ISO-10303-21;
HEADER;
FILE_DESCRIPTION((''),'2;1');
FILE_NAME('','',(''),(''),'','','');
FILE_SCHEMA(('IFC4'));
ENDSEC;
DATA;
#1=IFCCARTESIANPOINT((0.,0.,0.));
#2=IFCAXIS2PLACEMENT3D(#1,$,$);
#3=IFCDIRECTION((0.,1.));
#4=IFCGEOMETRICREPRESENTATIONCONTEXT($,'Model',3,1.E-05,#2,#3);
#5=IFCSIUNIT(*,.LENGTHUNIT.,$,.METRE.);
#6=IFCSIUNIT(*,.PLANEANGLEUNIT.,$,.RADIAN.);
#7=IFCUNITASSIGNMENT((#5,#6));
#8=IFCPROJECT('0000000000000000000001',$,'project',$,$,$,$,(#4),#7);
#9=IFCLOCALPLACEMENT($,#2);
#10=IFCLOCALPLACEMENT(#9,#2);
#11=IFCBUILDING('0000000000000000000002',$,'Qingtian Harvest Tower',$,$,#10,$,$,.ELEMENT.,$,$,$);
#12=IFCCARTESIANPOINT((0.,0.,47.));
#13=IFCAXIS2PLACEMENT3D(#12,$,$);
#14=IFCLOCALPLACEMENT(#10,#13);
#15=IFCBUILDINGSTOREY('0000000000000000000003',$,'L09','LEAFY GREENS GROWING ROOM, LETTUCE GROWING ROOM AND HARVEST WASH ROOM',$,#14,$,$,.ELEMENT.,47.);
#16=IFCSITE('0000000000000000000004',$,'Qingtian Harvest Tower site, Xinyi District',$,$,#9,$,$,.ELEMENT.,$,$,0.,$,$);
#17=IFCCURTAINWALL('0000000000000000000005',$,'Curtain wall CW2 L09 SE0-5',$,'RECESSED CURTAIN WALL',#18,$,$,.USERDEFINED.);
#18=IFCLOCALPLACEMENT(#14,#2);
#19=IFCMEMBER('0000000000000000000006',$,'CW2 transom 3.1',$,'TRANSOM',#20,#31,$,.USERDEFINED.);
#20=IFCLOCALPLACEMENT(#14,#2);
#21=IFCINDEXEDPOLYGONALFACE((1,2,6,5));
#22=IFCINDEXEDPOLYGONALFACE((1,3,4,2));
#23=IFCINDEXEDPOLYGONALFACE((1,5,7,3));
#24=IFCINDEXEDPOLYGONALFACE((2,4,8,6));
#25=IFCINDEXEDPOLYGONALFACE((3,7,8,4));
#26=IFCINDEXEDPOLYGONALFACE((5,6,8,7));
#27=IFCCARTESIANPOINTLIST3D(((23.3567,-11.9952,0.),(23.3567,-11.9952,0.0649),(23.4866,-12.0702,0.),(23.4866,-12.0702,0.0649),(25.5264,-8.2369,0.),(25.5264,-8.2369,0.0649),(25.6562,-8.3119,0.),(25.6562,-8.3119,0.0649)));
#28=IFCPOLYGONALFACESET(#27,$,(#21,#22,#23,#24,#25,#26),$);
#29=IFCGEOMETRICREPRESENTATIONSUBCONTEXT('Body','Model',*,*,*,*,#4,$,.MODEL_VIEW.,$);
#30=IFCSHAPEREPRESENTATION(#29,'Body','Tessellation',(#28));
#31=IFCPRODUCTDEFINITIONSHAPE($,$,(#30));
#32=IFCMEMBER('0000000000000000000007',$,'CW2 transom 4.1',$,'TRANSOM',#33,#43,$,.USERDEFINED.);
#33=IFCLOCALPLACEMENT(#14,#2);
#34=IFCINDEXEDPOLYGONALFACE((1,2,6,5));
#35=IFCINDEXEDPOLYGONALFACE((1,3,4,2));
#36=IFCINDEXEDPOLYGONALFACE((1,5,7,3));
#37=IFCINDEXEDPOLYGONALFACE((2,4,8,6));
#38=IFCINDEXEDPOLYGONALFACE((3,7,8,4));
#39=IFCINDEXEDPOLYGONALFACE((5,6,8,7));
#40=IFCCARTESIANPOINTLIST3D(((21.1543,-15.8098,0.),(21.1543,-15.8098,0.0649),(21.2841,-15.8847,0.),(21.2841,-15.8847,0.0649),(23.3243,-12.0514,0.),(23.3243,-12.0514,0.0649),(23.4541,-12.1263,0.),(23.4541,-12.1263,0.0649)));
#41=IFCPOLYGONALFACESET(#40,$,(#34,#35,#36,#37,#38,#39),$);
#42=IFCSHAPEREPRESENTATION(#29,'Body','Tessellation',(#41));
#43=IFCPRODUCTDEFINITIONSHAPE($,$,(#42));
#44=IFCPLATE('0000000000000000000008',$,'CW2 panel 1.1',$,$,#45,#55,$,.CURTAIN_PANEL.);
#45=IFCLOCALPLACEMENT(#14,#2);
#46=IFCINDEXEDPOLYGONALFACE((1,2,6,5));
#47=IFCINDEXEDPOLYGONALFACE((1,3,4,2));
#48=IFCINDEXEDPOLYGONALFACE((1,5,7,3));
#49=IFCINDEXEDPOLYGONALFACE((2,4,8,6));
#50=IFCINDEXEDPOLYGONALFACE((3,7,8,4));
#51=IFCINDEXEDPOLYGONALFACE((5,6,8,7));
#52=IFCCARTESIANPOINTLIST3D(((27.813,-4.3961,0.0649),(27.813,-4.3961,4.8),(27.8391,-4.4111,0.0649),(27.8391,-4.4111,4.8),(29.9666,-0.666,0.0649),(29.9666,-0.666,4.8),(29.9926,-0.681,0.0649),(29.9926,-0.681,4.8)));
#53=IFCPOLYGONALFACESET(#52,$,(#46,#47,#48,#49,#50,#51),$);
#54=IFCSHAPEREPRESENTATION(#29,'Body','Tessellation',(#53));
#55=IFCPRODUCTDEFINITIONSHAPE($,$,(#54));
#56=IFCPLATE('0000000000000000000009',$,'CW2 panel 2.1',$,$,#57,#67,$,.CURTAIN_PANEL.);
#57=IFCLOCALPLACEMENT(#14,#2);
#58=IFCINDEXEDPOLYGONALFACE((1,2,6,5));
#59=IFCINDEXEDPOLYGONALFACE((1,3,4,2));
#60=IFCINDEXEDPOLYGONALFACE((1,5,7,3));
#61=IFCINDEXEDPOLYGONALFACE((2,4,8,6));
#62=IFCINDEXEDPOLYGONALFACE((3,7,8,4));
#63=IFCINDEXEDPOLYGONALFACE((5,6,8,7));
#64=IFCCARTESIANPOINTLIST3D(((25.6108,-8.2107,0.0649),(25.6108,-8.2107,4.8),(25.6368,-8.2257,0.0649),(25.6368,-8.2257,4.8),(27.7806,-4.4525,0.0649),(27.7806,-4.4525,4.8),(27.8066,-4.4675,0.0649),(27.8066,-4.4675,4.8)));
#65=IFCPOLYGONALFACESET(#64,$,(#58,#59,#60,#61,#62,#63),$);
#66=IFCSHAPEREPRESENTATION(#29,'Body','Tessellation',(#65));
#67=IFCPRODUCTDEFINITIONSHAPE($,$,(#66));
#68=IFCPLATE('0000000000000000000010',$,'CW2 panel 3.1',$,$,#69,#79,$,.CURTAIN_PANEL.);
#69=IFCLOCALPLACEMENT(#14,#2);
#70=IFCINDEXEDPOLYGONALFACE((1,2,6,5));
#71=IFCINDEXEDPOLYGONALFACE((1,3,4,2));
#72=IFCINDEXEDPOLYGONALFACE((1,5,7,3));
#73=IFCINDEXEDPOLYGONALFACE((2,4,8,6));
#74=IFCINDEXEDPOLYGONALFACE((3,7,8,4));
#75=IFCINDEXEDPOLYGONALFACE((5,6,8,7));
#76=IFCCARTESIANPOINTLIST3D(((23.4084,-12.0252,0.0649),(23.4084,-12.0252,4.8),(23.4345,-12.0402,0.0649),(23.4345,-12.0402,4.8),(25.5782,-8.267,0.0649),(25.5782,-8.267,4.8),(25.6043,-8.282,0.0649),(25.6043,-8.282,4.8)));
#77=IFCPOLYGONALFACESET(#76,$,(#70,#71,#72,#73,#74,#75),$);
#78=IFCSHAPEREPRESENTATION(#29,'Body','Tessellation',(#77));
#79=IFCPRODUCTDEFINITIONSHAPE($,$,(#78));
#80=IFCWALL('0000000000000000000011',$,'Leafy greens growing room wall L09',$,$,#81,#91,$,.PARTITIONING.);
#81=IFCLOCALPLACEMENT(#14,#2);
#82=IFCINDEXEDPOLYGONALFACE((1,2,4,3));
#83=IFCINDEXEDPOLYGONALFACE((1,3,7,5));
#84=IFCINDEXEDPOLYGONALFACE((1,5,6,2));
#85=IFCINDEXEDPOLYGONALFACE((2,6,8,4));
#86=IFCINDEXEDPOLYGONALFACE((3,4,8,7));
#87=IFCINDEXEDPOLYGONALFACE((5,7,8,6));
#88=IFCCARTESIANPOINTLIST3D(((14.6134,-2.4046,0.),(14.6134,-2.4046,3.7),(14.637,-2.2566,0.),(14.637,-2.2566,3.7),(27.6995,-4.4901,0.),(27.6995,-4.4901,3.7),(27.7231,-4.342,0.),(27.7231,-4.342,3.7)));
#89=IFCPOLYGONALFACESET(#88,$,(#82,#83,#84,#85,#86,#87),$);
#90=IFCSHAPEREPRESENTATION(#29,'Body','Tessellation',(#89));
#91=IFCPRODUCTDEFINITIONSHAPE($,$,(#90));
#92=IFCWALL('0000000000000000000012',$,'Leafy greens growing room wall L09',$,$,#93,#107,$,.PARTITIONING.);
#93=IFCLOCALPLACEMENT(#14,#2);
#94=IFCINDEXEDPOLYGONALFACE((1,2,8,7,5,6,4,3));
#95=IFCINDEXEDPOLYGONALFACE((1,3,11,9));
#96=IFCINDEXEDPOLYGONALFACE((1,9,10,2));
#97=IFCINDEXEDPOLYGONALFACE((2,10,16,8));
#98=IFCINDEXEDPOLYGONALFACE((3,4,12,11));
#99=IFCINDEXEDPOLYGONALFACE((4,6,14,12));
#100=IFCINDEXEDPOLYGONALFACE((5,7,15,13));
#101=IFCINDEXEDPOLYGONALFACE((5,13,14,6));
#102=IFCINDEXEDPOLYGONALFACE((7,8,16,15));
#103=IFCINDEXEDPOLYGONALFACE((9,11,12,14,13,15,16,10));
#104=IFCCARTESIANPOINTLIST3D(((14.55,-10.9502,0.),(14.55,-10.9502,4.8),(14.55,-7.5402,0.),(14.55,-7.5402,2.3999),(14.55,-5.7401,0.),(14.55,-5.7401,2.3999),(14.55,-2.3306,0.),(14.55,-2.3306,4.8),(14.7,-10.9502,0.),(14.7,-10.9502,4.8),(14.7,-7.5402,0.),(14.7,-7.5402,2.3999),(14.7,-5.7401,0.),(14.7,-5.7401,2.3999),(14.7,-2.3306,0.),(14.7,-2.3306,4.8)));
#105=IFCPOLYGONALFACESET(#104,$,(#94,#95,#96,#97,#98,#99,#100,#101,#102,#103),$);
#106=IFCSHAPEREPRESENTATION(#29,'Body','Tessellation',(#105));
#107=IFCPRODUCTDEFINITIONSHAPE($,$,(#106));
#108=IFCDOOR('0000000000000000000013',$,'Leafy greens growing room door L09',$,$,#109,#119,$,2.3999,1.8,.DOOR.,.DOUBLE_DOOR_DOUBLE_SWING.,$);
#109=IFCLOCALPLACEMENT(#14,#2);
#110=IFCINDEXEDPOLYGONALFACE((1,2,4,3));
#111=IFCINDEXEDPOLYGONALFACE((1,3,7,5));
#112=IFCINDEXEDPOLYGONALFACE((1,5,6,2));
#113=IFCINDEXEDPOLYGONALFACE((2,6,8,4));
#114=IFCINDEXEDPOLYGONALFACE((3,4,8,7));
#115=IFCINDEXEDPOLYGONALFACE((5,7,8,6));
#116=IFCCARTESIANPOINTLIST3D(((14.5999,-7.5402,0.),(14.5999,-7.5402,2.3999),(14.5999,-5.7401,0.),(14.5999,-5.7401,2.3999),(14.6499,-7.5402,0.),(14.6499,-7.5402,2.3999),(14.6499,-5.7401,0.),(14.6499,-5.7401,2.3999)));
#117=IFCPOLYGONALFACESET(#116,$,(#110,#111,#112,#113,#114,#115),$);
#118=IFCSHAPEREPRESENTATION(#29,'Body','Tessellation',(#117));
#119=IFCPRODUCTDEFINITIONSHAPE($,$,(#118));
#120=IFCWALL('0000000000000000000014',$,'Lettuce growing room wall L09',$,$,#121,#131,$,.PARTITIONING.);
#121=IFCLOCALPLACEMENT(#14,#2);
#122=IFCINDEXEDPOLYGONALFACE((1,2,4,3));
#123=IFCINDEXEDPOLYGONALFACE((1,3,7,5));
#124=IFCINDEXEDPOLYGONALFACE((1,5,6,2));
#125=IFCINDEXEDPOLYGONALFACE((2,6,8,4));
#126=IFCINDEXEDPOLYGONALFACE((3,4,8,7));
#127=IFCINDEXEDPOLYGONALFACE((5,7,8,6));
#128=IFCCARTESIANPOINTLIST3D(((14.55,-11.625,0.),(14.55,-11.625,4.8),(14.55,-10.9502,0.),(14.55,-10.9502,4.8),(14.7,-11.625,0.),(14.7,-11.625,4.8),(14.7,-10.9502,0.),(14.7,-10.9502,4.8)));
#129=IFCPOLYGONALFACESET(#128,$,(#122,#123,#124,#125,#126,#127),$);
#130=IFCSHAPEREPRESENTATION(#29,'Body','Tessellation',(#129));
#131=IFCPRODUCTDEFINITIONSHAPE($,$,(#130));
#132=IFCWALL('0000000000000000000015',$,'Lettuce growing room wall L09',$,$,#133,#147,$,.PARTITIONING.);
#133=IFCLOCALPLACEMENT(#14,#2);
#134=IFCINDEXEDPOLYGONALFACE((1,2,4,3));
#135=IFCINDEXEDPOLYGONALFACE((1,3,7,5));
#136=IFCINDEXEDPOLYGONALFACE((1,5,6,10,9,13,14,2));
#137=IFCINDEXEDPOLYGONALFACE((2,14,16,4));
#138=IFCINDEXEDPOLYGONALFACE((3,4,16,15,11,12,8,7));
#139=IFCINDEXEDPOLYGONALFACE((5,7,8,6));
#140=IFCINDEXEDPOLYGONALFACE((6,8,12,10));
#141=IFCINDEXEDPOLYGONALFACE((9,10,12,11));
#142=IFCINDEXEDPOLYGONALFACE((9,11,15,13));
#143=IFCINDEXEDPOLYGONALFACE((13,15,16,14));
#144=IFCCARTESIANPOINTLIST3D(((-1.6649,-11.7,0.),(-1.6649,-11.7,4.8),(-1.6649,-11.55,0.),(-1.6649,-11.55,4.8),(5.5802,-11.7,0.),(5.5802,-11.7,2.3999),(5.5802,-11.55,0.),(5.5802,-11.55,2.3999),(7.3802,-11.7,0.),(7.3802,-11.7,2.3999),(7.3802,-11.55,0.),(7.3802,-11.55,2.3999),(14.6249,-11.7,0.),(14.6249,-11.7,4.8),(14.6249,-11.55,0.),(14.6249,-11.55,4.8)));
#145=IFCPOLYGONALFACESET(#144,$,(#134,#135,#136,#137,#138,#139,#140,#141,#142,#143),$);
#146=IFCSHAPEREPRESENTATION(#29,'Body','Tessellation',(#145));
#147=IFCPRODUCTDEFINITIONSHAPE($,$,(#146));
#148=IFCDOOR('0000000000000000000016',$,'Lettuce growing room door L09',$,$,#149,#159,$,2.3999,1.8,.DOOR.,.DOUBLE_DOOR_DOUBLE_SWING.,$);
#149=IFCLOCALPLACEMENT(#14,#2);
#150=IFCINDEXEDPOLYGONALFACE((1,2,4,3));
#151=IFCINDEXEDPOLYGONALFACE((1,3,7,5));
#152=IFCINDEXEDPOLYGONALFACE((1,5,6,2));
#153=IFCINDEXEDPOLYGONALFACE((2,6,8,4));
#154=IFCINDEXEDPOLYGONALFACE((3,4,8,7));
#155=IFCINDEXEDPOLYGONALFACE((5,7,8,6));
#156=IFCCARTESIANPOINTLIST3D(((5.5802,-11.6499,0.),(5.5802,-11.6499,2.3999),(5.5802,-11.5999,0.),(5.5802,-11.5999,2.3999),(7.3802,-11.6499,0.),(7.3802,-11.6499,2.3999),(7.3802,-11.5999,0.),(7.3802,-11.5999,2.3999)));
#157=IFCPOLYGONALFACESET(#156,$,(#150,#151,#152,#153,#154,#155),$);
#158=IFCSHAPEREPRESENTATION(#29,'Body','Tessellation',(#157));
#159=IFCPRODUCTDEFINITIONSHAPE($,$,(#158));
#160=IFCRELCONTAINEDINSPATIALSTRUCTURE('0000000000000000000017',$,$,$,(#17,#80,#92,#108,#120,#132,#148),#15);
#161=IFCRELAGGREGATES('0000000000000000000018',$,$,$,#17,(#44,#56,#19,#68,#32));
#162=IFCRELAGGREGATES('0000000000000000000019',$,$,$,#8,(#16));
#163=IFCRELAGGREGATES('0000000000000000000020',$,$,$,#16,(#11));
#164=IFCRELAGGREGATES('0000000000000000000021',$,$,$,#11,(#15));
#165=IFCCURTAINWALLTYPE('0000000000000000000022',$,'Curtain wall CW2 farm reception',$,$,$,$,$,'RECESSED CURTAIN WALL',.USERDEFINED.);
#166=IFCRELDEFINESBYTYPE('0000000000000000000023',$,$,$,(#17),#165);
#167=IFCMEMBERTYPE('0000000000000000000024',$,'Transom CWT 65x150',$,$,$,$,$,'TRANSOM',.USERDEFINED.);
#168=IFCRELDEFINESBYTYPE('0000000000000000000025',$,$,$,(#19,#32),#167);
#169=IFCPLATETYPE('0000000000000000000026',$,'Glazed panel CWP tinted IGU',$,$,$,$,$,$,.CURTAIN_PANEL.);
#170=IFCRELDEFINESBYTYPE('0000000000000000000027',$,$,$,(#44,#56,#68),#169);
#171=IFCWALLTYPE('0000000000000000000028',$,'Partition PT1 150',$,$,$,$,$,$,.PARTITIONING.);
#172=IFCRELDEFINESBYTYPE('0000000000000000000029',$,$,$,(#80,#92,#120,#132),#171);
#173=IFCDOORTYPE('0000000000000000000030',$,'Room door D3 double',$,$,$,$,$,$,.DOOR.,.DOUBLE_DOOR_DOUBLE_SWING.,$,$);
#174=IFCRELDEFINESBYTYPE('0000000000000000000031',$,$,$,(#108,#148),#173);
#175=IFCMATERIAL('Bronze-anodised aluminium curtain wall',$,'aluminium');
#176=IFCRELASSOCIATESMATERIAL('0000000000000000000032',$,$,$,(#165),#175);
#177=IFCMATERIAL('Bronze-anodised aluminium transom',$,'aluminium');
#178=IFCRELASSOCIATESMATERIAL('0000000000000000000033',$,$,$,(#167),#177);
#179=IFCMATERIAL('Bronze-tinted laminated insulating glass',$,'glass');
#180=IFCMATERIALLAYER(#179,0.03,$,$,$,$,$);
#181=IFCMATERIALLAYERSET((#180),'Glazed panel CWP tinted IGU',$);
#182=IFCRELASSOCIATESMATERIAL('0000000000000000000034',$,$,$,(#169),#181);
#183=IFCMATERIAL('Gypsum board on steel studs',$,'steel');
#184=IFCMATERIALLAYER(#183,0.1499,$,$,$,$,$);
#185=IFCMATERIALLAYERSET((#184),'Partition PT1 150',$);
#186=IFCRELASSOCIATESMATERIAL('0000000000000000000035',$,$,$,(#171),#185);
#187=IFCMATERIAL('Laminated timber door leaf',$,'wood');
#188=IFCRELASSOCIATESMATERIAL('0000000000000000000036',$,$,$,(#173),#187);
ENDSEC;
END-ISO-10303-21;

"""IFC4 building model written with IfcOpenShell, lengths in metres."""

from ifc_helpers import new_model, si_unit, direction, frame, frame_2d, origin, origin_2d, place, context, subcontext, project, spatial, rectangle, extrude, material, layer, layer_set, material_profile, profile_set, type_object, element, fill, aggregate, save


model = new_model("IFC4")

# Units and contexts
model_context = context("Model", 3, precision=1e-05, world=origin(), true_north=direction((0.0, 1.0)))
body_context = subcontext(model_context, "Body", "Model", "MODEL_VIEW")
ifc_project = project(units=[si_unit("LENGTHUNIT", "METRE"), si_unit("PLANEANGLEUNIT", "RADIAN")], contexts=[model_context])

# Site, building, storey
site_placement = place(None, origin())
site = spatial("IfcSite", under=ifc_project, at=site_placement, Name="Qingtian Harvest Tower site, Xinyi District", CompositionType="ELEMENT", RefElevation=0.0)
building_placement = place(site_placement, origin())
building = spatial("IfcBuilding", under=site, at=building_placement, Name="Qingtian Harvest Tower", CompositionType="ELEMENT")
storey_placement = place(building_placement, frame((0.0, 0.0, 47.0)))
storey = spatial("IfcBuildingStorey", under=building, at=storey_placement, Name="L09", Description="LEAFY GREENS GROWING ROOM, LETTUCE GROWING ROOM AND HARVEST WASH ROOM", CompositionType="ELEMENT", Elevation=47.0)

# Shared definitions
ifc_material_1 = material(Name="Bronze-anodised aluminium curtain wall", Category="aluminium")
curtain_wall_type = type_object("IfcCurtainWallType", Name="Curtain wall CW2 farm reception", ElementType="RECESSED CURTAIN WALL", PredefinedType="USERDEFINED", material=ifc_material_1)

# Curtain wall
curtain_wall_1_placement = place(storey_placement, origin())
curtain_wall_1 = element("IfcCurtainWall", 1, at=curtain_wall_1_placement, inside=storey, type_object=curtain_wall_type, Name="Curtain wall CW2 L09 SE0-5", ObjectType="RECESSED CURTAIN WALL", PredefinedType="USERDEFINED")

# Members
ifc_material_2 = material(Name="Bronze-anodised aluminium transom", Category="aluminium")
ifc_material_profile_1 = material_profile(ifc_material_2, rectangle(XDim=0.1499, YDim=0.0649, at=origin_2d()), Name="AL 65x150")
ifc_profile_set_1 = profile_set([ifc_material_profile_1], Name="Bronze-anodised aluminium transom")
member_type_1 = type_object("IfcMemberType", Name="Transom CWT 65x150", ElementType="TRANSOM", PredefinedType="USERDEFINED", material=ifc_profile_set_1)
member_1_placement = place(storey_placement, frame((25.5913, -8.2744, 0.0325), z_axis=(-0.499969, -0.866043, 0.0), x_axis=(0.866043, -0.499969, 0.0)))
member_1 = element("IfcMember", 2, at=member_1_placement, type_object=member_type_1, Name="CW2 transom 3.1", ObjectType="TRANSOM", PredefinedType="USERDEFINED", context=body_context, shape_type="SweptSolid", body=[
    extrude(rectangle(XDim=0.1499, YDim=0.0649, at=origin_2d()), origin(), (0.0, 0.0, 1.0), 4.3396),
])
member_2_placement = place(storey_placement, frame((23.3892, -12.0889, 0.0325), z_axis=(-0.500011, -0.866019, 0.0), x_axis=(0.866019, -0.500011, 0.0)))
member_2 = element("IfcMember", 3, at=member_2_placement, type_object=member_type_1, Name="CW2 transom 4.1", ObjectType="TRANSOM", PredefinedType="USERDEFINED", context=body_context, shape_type="SweptSolid", body=[
    extrude(rectangle(XDim=0.1499, YDim=0.0649, at=origin_2d()), origin(), (0.0, 0.0, 1.0), 4.3398),
])

# Plates
ifc_material_3 = material(Name="Bronze-tinted laminated insulating glass", Category="glass")
ifc_layer_1 = layer(ifc_material_3, 0.03)
ifc_layer_set_1 = layer_set([ifc_layer_1], Name="Glazed panel CWP tinted IGU")
plate_type = type_object("IfcPlateType", Name="Glazed panel CWP tinted IGU", PredefinedType="CURTAIN_PANEL", material=ifc_layer_set_1)
plate_1_placement = place(storey_placement, frame((28.9028, -2.5386, 0.0649), z_axis=(0.0, 0.0, 1.0), x_axis=(-0.5, -0.866025, 0.0)))
plate_1 = element("IfcPlate", 4, at=plate_1_placement, type_object=plate_type, Name="CW2 panel 1.1", PredefinedType="CURTAIN_PANEL", context=body_context, shape_type="SweptSolid", body=[
    extrude(rectangle(XDim=4.3071, YDim=0.03, at=origin_2d()), origin(), (0.0, 0.0, 1.0), 4.7351),
])
plate_2_placement = place(storey_placement, frame((26.7087, -6.3391, 0.0649), z_axis=(0.0, 0.0, 1.0), x_axis=(-0.5, -0.866025, 0.0)))
plate_2 = element("IfcPlate", 5, at=plate_2_placement, type_object=plate_type, Name="CW2 panel 2.1", PredefinedType="CURTAIN_PANEL", context=body_context, shape_type="SweptSolid", body=[
    extrude(rectangle(XDim=4.3396, YDim=0.03, at=origin_2d()), origin(), (0.0, 0.0, 1.0), 4.7351),
])
plate_3_placement = place(storey_placement, frame((24.5063, -10.1536, 0.0649), z_axis=(0.0, 0.0, 1.0), x_axis=(-0.5, -0.866025, 0.0)))
plate_3 = element("IfcPlate", 6, at=plate_3_placement, type_object=plate_type, Name="CW2 panel 3.1", PredefinedType="CURTAIN_PANEL", context=body_context, shape_type="SweptSolid", body=[
    extrude(rectangle(XDim=4.3396, YDim=0.03, at=origin_2d()), origin(), (0.0, 0.0, 1.0), 4.7351),
])
aggregate(curtain_wall_1, [plate_1, plate_2, member_1, plate_3, member_2])

# Wall
ifc_material_4 = material(Name="Gypsum board on steel studs", Category="steel")
ifc_layer_2 = layer(ifc_material_4, 0.1499)
ifc_layer_set_2 = layer_set([ifc_layer_2], Name="Partition PT1 150")
wall_type = type_object("IfcWallType", Name="Partition PT1 150", PredefinedType="PARTITIONING", material=ifc_layer_set_2)
wall_1_placement = place(storey_placement, frame((27.7112, -4.416, 0.0), z_axis=(0.0, 0.0, 1.0), x_axis=(-0.987539, 0.157377, 0.0)))
element("IfcWall", 7, at=wall_1_placement, inside=storey, type_object=wall_type, Name="Leafy greens growing room wall L09", PredefinedType="PARTITIONING", context=body_context, shape_type="SweptSolid", body=[
    extrude(rectangle(XDim=13.2512, YDim=0.1499, at=frame_2d((6.6255, 0.0))), origin(), (0.0, 0.0, 1.0), 3.7),
])

# Wall, opening, door
wall_2_placement = place(storey_placement, frame((14.625, -2.3306, 0.0), z_axis=(0.0, 0.0, 1.0), x_axis=(0.0, -1.0, 0.0)))
wall_2 = element("IfcWall", 8, at=wall_2_placement, inside=storey, type_object=wall_type, Name="Leafy greens growing room wall L09", PredefinedType="PARTITIONING", context=body_context, shape_type="SweptSolid", body=[
    extrude(rectangle(XDim=8.6196, YDim=0.1499, at=frame_2d((4.3098, 0.0))), origin(), (0.0, 0.0, 1.0), 4.8),
])
opening_1_placement = place(wall_2_placement, frame((3.4097, 0.0, 0.0)))
opening_1 = element("IfcOpeningElement", 9, at=opening_1_placement, cuts=wall_2, PredefinedType="OPENING", context=body_context, shape_type="SweptSolid", body=[
    extrude(rectangle(XDim=1.8, YDim=2.3999, at=frame_2d((0.8999, 1.2))), frame((0.0, 0.085, 0.0), z_axis=(0.0, -1.0, 0.0), x_axis=(1.0, 0.0, 0.0)), (0.0, 0.0, 1.0), 0.1699),
])
ifc_material_5 = material(Name="Laminated timber door leaf", Category="wood")
door_type = type_object("IfcDoorType", Name="Room door D3 double", OperationType="DOUBLE_DOOR_DOUBLE_SWING", PredefinedType="DOOR", material=ifc_material_5)
door_1_placement = place(opening_1_placement, origin())
door_1 = element("IfcDoor", 10, at=door_1_placement, inside=storey, type_object=door_type, Name="Leafy greens growing room door L09", OperationType="DOUBLE_DOOR_DOUBLE_SWING", OverallHeight=2.3999, OverallWidth=1.8, PredefinedType="DOOR", context=body_context, shape_type="SweptSolid", body=[
    extrude(rectangle(XDim=1.8, YDim=2.3999, at=frame_2d((0.8999, 1.2))), frame((0.0, 0.0249, 0.0), z_axis=(0.0, -1.0, 0.0), x_axis=(1.0, 0.0, 0.0)), (0.0, 0.0, 1.0), 0.05),
])
fill(opening_1, door_1)

# Wall
wall_3_placement = place(storey_placement, frame((14.625, -10.9502, 0.0), z_axis=(0.0, 0.0, 1.0), x_axis=(0.0, -1.0, 0.0)))
element("IfcWall", 11, at=wall_3_placement, inside=storey, type_object=wall_type, Name="Lettuce growing room wall L09", PredefinedType="PARTITIONING", context=body_context, shape_type="SweptSolid", body=[
    extrude(rectangle(XDim=0.6748, YDim=0.1499, at=frame_2d((0.3374, 0.0))), origin(), (0.0, 0.0, 1.0), 4.8),
])

# Wall, opening, door
wall_4_placement = place(storey_placement, frame((14.625, -11.625, 0.0), z_axis=(0.0, 0.0, 1.0), x_axis=(-1.0, 0.0, 0.0)))
wall_4 = element("IfcWall", 12, at=wall_4_placement, inside=storey, type_object=wall_type, Name="Lettuce growing room wall L09", PredefinedType="PARTITIONING", context=body_context, shape_type="SweptSolid", body=[
    extrude(rectangle(XDim=16.2898, YDim=0.1499, at=frame_2d((8.145, 0.0))), origin(), (0.0, 0.0, 1.0), 4.8),
])
opening_2_placement = place(wall_4_placement, frame((7.2449, 0.0, 0.0)))
opening_2 = element("IfcOpeningElement", 13, at=opening_2_placement, cuts=wall_4, PredefinedType="OPENING", context=body_context, shape_type="SweptSolid", body=[
    extrude(rectangle(XDim=1.8, YDim=2.3999, at=frame_2d((0.8999, 1.2))), frame((0.0, 0.085, 0.0), z_axis=(0.0, -1.0, 0.0), x_axis=(1.0, 0.0, 0.0)), (0.0, 0.0, 1.0), 0.1699),
])
door_2_placement = place(opening_2_placement, origin())
door_2 = element("IfcDoor", 14, at=door_2_placement, inside=storey, type_object=door_type, Name="Lettuce growing room door L09", OperationType="DOUBLE_DOOR_DOUBLE_SWING", OverallHeight=2.3999, OverallWidth=1.8, PredefinedType="DOOR", context=body_context, shape_type="SweptSolid", body=[
    extrude(rectangle(XDim=1.8, YDim=2.3999, at=frame_2d((0.8999, 1.2))), frame((0.0, 0.0249, 0.0), z_axis=(0.0, -1.0, 0.0), x_axis=(1.0, 0.0, 0.0)), (0.0, 0.0, 1.0), 0.05),
])
fill(opening_2, door_2)

save(model, "model.ifc")
